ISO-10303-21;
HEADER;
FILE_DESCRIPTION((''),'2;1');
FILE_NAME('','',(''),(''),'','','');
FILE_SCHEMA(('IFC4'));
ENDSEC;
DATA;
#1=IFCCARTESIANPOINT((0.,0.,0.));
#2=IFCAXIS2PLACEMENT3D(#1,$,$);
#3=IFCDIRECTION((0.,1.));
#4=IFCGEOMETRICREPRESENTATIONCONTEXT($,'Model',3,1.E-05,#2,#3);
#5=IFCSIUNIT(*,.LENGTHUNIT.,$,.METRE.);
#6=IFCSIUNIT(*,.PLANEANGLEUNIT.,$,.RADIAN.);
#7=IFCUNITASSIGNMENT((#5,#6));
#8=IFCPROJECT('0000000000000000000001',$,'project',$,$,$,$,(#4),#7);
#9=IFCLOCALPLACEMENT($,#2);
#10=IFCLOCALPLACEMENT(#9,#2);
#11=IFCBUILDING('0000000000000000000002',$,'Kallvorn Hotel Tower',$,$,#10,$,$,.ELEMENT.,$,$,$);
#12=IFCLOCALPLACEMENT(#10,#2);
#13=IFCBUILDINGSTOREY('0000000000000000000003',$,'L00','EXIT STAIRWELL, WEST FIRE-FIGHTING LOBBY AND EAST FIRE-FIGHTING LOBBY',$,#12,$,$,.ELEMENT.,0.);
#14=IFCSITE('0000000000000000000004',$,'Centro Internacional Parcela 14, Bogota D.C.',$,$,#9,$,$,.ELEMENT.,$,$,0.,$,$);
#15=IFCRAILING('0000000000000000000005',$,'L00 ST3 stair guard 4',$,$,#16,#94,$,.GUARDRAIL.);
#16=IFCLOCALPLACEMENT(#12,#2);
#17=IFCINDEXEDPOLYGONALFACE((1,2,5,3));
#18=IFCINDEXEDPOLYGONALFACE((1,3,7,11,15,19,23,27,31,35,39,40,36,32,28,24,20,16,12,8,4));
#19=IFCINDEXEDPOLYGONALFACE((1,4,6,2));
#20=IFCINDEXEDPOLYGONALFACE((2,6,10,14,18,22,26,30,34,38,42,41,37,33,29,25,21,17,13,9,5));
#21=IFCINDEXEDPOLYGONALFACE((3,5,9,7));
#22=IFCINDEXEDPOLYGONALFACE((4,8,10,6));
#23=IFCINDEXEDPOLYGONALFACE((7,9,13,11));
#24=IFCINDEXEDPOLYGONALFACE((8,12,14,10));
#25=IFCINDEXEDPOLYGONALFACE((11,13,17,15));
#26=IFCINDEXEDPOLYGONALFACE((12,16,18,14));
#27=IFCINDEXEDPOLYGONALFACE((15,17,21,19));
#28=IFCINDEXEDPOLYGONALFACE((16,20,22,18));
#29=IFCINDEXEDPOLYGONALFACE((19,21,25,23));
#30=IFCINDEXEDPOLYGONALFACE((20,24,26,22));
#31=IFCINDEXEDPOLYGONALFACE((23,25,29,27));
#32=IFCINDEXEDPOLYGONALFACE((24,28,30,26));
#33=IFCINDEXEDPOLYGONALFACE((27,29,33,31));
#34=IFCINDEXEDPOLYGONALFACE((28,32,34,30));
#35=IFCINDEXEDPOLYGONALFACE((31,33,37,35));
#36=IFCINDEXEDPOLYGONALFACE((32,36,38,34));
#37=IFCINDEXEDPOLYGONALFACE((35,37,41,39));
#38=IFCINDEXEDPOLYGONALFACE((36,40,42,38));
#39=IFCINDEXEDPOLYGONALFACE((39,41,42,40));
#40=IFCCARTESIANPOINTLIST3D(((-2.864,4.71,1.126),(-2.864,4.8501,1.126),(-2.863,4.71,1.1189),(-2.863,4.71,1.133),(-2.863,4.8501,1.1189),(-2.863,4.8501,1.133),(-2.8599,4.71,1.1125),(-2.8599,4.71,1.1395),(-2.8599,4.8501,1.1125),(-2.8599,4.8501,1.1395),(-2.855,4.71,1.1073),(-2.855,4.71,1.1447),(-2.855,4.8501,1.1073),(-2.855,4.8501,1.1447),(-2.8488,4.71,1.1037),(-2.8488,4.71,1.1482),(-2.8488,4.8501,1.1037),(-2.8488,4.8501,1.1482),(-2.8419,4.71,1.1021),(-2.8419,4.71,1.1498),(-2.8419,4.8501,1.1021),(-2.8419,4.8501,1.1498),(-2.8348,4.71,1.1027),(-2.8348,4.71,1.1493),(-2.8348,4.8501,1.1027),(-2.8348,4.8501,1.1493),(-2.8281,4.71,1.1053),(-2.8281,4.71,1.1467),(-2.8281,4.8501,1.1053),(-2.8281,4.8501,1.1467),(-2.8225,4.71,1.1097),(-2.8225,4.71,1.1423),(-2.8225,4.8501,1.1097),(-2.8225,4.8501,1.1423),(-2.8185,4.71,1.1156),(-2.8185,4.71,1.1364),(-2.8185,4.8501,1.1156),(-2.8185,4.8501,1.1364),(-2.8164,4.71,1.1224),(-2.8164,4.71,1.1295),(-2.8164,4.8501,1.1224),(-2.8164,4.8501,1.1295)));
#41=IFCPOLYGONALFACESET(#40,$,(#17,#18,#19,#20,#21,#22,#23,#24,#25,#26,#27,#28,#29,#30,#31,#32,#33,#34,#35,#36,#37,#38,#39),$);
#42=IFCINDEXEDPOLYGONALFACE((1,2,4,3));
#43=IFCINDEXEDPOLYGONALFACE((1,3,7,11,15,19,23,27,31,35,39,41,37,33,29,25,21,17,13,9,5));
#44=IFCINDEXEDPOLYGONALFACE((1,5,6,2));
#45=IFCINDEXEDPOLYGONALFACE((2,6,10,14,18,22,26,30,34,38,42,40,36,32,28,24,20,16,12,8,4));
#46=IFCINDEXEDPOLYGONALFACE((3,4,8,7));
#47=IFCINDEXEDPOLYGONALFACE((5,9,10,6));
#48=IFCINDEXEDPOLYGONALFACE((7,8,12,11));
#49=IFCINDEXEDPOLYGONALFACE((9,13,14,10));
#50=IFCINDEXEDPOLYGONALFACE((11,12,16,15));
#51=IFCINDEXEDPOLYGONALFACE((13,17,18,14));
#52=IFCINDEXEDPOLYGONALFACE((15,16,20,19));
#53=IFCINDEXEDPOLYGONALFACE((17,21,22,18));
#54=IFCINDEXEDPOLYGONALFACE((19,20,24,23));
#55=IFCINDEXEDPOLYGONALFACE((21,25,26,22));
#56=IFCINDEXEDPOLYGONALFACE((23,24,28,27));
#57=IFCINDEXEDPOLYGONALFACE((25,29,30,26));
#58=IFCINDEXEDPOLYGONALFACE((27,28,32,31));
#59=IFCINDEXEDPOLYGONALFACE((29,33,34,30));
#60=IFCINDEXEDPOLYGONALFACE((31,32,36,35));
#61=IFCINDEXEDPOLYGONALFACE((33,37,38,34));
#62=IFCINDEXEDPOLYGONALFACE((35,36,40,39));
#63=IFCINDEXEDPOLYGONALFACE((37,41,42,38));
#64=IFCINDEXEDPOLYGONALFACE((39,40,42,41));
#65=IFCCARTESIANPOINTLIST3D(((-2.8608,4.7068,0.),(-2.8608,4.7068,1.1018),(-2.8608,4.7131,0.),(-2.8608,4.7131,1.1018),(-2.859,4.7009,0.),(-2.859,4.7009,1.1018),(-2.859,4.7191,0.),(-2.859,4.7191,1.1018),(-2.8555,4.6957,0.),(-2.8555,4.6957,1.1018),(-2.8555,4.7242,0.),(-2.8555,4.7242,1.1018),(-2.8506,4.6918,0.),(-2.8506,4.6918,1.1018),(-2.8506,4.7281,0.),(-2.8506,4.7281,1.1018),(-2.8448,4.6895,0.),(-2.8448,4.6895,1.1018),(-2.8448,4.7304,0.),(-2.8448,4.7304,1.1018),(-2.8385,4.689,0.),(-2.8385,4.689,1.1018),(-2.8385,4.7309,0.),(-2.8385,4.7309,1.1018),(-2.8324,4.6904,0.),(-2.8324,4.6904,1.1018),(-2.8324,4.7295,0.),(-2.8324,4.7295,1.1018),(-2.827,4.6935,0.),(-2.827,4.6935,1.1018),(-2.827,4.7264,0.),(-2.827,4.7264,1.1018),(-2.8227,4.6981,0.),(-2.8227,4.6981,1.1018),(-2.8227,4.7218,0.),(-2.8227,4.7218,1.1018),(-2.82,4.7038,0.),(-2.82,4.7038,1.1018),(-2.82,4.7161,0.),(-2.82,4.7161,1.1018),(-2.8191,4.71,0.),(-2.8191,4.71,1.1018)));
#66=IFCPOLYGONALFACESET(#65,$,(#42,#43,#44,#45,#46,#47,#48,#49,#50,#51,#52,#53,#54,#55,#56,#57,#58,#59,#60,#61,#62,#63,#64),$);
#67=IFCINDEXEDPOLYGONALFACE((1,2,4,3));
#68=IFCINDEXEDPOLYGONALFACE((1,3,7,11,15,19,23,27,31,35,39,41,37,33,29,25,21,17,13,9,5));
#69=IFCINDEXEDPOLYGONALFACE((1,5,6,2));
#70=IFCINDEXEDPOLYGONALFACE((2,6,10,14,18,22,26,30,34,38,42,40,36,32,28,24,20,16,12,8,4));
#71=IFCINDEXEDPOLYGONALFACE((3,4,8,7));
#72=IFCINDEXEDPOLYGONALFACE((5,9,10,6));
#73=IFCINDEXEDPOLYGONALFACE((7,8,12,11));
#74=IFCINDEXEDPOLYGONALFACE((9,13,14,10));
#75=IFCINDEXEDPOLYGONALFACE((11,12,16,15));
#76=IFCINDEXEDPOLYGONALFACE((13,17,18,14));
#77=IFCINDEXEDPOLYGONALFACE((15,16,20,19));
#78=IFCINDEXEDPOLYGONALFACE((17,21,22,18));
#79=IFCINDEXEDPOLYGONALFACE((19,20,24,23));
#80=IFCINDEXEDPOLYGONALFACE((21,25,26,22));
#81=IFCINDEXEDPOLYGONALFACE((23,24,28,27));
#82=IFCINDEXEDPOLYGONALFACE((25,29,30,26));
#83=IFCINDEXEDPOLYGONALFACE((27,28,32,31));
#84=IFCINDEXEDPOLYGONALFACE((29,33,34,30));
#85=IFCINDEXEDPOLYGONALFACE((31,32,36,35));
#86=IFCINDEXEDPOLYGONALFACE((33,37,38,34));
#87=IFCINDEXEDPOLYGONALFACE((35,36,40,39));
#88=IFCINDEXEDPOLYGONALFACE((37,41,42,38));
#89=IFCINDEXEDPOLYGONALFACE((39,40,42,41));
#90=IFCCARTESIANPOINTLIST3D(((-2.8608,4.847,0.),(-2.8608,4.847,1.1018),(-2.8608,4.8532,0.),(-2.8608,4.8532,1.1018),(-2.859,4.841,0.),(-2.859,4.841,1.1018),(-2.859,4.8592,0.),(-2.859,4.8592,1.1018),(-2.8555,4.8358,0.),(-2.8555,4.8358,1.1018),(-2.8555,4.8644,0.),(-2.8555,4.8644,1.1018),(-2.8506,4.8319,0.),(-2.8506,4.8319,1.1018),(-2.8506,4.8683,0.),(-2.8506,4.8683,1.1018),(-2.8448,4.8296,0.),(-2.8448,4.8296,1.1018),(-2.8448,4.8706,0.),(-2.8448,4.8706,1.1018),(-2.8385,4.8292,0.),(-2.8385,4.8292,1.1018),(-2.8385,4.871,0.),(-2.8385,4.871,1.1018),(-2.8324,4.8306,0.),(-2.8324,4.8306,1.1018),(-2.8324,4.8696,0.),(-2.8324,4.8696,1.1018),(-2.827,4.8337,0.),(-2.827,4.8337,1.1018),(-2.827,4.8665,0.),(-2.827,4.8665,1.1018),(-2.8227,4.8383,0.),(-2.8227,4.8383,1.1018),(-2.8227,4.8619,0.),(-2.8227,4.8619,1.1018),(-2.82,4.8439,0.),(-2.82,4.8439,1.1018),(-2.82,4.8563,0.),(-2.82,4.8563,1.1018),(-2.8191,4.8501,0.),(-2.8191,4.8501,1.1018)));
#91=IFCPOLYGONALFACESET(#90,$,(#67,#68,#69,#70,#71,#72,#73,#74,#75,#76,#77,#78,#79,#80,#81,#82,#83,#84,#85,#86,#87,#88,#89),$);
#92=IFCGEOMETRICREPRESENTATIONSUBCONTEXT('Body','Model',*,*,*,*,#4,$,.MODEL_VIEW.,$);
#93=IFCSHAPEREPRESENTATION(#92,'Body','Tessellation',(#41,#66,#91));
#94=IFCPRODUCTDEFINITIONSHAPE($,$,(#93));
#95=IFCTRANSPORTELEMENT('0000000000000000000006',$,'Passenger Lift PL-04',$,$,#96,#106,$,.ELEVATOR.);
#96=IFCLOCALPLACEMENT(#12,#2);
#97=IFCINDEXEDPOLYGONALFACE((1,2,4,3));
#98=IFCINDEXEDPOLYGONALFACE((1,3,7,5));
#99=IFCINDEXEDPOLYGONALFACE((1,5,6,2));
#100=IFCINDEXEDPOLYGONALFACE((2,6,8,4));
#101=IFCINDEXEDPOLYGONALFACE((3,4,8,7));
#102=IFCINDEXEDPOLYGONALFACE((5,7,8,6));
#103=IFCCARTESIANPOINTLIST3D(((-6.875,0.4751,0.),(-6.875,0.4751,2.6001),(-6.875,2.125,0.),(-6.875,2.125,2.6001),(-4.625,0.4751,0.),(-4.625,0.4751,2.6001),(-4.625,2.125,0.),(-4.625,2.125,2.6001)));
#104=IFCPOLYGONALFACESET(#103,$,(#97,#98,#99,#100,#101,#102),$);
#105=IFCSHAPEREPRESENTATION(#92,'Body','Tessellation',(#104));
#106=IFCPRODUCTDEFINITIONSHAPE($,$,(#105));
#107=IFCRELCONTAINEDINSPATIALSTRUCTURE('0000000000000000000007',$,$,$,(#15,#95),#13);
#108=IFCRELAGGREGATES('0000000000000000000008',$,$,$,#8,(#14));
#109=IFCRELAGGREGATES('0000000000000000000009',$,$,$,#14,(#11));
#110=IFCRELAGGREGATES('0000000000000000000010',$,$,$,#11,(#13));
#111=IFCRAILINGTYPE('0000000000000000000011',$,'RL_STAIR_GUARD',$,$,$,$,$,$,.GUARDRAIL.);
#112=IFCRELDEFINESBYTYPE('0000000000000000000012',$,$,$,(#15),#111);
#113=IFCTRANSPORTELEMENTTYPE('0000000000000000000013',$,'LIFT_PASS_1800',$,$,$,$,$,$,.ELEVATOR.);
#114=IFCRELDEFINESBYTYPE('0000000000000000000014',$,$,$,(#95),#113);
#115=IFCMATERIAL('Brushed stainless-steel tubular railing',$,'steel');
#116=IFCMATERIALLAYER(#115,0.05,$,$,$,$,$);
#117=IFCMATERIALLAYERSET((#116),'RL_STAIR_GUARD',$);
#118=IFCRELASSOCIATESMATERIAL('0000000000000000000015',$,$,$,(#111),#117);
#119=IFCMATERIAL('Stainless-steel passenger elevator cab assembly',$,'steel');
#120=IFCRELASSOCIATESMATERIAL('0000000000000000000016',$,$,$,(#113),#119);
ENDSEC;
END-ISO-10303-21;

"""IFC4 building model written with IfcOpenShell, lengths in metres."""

from ifc_helpers import new_model, si_unit, direction, frame, origin, origin_2d, place, context, subcontext, project, spatial, rectangle, circle, extrude, material, layer, layer_set, type_object, element, save


model = new_model("IFC4")

# Units and contexts
model_context = context("Model", 3, precision=1e-05, world=origin(), true_north=direction((0.0, 1.0)))
body_context = subcontext(model_context, "Body", "Model", "MODEL_VIEW")
ifc_project = project(units=[si_unit("LENGTHUNIT", "METRE"), si_unit("PLANEANGLEUNIT", "RADIAN")], contexts=[model_context])

# Site, building, storey
site_placement = place(None, origin())
site = spatial("IfcSite", under=ifc_project, at=site_placement, Name="Centro Internacional Parcela 14, Bogota D.C.", CompositionType="ELEMENT", RefElevation=0.0)
building_placement = place(site_placement, origin())
building = spatial("IfcBuilding", under=site, at=building_placement, Name="Kallvorn Hotel Tower", CompositionType="ELEMENT")
storey_placement = place(building_placement, origin())
storey = spatial("IfcBuildingStorey", under=building, at=storey_placement, Name="L00", Description="EXIT STAIRWELL, WEST FIRE-FIGHTING LOBBY AND EAST FIRE-FIGHTING LOBBY", CompositionType="ELEMENT", Elevation=0.0)

# Railing
ifc_material_1 = material(Name="Brushed stainless-steel tubular railing", Category="steel")
ifc_layer_1 = layer(ifc_material_1, 0.05)
ifc_layer_set_1 = layer_set([ifc_layer_1], Name="RL_STAIR_GUARD")
railing_type = type_object("IfcRailingType", Name="RL_STAIR_GUARD", PredefinedType="GUARDRAIL", material=ifc_layer_set_1)
railing_placement = place(storey_placement, frame((-2.8401, 4.71, 0.0)))
element("IfcRailing", 1, at=railing_placement, inside=storey, type_object=railing_type, Name="L00 ST3 stair guard 4", PredefinedType="GUARDRAIL", context=body_context, shape_type="SweptSolid", body=[
    extrude(circle(Radius=0.0239, at=origin_2d()), frame((0.0, 0.0, 1.126), z_axis=(0.0, 1.0, 0.0), x_axis=(-1.0, 0.0, 0.0)), (0.0, 0.0, 1.0), 0.1401),
    extrude(circle(Radius=0.021, at=origin_2d()), origin(), (0.0, 0.0, 1.0), 1.1018),
    extrude(circle(Radius=0.021, at=origin_2d()), frame((0.0, 0.1401, 0.0)), (0.0, 0.0, 1.0), 1.1018),
])

# Transport element
ifc_material_2 = material(Name="Stainless-steel passenger elevator cab assembly", Category="steel")
transport_element_type = type_object("IfcTransportElementType", Name="LIFT_PASS_1800", PredefinedType="ELEVATOR", material=ifc_material_2)
transport_element_placement = place(storey_placement, frame((-5.75, 1.3, 0.0), z_axis=(0.0, 0.0, 1.0), x_axis=(1.0, 0.0, 0.0)))
element("IfcTransportElement", 2, at=transport_element_placement, inside=storey, type_object=transport_element_type, Name="Passenger Lift PL-04", PredefinedType="ELEVATOR", context=body_context, shape_type="SweptSolid", body=[
    extrude(rectangle(XDim=2.25, YDim=1.6499, at=origin_2d()), origin(), (0.0, 0.0, 1.0), 2.6001),
])

save(model, "model.ifc")
